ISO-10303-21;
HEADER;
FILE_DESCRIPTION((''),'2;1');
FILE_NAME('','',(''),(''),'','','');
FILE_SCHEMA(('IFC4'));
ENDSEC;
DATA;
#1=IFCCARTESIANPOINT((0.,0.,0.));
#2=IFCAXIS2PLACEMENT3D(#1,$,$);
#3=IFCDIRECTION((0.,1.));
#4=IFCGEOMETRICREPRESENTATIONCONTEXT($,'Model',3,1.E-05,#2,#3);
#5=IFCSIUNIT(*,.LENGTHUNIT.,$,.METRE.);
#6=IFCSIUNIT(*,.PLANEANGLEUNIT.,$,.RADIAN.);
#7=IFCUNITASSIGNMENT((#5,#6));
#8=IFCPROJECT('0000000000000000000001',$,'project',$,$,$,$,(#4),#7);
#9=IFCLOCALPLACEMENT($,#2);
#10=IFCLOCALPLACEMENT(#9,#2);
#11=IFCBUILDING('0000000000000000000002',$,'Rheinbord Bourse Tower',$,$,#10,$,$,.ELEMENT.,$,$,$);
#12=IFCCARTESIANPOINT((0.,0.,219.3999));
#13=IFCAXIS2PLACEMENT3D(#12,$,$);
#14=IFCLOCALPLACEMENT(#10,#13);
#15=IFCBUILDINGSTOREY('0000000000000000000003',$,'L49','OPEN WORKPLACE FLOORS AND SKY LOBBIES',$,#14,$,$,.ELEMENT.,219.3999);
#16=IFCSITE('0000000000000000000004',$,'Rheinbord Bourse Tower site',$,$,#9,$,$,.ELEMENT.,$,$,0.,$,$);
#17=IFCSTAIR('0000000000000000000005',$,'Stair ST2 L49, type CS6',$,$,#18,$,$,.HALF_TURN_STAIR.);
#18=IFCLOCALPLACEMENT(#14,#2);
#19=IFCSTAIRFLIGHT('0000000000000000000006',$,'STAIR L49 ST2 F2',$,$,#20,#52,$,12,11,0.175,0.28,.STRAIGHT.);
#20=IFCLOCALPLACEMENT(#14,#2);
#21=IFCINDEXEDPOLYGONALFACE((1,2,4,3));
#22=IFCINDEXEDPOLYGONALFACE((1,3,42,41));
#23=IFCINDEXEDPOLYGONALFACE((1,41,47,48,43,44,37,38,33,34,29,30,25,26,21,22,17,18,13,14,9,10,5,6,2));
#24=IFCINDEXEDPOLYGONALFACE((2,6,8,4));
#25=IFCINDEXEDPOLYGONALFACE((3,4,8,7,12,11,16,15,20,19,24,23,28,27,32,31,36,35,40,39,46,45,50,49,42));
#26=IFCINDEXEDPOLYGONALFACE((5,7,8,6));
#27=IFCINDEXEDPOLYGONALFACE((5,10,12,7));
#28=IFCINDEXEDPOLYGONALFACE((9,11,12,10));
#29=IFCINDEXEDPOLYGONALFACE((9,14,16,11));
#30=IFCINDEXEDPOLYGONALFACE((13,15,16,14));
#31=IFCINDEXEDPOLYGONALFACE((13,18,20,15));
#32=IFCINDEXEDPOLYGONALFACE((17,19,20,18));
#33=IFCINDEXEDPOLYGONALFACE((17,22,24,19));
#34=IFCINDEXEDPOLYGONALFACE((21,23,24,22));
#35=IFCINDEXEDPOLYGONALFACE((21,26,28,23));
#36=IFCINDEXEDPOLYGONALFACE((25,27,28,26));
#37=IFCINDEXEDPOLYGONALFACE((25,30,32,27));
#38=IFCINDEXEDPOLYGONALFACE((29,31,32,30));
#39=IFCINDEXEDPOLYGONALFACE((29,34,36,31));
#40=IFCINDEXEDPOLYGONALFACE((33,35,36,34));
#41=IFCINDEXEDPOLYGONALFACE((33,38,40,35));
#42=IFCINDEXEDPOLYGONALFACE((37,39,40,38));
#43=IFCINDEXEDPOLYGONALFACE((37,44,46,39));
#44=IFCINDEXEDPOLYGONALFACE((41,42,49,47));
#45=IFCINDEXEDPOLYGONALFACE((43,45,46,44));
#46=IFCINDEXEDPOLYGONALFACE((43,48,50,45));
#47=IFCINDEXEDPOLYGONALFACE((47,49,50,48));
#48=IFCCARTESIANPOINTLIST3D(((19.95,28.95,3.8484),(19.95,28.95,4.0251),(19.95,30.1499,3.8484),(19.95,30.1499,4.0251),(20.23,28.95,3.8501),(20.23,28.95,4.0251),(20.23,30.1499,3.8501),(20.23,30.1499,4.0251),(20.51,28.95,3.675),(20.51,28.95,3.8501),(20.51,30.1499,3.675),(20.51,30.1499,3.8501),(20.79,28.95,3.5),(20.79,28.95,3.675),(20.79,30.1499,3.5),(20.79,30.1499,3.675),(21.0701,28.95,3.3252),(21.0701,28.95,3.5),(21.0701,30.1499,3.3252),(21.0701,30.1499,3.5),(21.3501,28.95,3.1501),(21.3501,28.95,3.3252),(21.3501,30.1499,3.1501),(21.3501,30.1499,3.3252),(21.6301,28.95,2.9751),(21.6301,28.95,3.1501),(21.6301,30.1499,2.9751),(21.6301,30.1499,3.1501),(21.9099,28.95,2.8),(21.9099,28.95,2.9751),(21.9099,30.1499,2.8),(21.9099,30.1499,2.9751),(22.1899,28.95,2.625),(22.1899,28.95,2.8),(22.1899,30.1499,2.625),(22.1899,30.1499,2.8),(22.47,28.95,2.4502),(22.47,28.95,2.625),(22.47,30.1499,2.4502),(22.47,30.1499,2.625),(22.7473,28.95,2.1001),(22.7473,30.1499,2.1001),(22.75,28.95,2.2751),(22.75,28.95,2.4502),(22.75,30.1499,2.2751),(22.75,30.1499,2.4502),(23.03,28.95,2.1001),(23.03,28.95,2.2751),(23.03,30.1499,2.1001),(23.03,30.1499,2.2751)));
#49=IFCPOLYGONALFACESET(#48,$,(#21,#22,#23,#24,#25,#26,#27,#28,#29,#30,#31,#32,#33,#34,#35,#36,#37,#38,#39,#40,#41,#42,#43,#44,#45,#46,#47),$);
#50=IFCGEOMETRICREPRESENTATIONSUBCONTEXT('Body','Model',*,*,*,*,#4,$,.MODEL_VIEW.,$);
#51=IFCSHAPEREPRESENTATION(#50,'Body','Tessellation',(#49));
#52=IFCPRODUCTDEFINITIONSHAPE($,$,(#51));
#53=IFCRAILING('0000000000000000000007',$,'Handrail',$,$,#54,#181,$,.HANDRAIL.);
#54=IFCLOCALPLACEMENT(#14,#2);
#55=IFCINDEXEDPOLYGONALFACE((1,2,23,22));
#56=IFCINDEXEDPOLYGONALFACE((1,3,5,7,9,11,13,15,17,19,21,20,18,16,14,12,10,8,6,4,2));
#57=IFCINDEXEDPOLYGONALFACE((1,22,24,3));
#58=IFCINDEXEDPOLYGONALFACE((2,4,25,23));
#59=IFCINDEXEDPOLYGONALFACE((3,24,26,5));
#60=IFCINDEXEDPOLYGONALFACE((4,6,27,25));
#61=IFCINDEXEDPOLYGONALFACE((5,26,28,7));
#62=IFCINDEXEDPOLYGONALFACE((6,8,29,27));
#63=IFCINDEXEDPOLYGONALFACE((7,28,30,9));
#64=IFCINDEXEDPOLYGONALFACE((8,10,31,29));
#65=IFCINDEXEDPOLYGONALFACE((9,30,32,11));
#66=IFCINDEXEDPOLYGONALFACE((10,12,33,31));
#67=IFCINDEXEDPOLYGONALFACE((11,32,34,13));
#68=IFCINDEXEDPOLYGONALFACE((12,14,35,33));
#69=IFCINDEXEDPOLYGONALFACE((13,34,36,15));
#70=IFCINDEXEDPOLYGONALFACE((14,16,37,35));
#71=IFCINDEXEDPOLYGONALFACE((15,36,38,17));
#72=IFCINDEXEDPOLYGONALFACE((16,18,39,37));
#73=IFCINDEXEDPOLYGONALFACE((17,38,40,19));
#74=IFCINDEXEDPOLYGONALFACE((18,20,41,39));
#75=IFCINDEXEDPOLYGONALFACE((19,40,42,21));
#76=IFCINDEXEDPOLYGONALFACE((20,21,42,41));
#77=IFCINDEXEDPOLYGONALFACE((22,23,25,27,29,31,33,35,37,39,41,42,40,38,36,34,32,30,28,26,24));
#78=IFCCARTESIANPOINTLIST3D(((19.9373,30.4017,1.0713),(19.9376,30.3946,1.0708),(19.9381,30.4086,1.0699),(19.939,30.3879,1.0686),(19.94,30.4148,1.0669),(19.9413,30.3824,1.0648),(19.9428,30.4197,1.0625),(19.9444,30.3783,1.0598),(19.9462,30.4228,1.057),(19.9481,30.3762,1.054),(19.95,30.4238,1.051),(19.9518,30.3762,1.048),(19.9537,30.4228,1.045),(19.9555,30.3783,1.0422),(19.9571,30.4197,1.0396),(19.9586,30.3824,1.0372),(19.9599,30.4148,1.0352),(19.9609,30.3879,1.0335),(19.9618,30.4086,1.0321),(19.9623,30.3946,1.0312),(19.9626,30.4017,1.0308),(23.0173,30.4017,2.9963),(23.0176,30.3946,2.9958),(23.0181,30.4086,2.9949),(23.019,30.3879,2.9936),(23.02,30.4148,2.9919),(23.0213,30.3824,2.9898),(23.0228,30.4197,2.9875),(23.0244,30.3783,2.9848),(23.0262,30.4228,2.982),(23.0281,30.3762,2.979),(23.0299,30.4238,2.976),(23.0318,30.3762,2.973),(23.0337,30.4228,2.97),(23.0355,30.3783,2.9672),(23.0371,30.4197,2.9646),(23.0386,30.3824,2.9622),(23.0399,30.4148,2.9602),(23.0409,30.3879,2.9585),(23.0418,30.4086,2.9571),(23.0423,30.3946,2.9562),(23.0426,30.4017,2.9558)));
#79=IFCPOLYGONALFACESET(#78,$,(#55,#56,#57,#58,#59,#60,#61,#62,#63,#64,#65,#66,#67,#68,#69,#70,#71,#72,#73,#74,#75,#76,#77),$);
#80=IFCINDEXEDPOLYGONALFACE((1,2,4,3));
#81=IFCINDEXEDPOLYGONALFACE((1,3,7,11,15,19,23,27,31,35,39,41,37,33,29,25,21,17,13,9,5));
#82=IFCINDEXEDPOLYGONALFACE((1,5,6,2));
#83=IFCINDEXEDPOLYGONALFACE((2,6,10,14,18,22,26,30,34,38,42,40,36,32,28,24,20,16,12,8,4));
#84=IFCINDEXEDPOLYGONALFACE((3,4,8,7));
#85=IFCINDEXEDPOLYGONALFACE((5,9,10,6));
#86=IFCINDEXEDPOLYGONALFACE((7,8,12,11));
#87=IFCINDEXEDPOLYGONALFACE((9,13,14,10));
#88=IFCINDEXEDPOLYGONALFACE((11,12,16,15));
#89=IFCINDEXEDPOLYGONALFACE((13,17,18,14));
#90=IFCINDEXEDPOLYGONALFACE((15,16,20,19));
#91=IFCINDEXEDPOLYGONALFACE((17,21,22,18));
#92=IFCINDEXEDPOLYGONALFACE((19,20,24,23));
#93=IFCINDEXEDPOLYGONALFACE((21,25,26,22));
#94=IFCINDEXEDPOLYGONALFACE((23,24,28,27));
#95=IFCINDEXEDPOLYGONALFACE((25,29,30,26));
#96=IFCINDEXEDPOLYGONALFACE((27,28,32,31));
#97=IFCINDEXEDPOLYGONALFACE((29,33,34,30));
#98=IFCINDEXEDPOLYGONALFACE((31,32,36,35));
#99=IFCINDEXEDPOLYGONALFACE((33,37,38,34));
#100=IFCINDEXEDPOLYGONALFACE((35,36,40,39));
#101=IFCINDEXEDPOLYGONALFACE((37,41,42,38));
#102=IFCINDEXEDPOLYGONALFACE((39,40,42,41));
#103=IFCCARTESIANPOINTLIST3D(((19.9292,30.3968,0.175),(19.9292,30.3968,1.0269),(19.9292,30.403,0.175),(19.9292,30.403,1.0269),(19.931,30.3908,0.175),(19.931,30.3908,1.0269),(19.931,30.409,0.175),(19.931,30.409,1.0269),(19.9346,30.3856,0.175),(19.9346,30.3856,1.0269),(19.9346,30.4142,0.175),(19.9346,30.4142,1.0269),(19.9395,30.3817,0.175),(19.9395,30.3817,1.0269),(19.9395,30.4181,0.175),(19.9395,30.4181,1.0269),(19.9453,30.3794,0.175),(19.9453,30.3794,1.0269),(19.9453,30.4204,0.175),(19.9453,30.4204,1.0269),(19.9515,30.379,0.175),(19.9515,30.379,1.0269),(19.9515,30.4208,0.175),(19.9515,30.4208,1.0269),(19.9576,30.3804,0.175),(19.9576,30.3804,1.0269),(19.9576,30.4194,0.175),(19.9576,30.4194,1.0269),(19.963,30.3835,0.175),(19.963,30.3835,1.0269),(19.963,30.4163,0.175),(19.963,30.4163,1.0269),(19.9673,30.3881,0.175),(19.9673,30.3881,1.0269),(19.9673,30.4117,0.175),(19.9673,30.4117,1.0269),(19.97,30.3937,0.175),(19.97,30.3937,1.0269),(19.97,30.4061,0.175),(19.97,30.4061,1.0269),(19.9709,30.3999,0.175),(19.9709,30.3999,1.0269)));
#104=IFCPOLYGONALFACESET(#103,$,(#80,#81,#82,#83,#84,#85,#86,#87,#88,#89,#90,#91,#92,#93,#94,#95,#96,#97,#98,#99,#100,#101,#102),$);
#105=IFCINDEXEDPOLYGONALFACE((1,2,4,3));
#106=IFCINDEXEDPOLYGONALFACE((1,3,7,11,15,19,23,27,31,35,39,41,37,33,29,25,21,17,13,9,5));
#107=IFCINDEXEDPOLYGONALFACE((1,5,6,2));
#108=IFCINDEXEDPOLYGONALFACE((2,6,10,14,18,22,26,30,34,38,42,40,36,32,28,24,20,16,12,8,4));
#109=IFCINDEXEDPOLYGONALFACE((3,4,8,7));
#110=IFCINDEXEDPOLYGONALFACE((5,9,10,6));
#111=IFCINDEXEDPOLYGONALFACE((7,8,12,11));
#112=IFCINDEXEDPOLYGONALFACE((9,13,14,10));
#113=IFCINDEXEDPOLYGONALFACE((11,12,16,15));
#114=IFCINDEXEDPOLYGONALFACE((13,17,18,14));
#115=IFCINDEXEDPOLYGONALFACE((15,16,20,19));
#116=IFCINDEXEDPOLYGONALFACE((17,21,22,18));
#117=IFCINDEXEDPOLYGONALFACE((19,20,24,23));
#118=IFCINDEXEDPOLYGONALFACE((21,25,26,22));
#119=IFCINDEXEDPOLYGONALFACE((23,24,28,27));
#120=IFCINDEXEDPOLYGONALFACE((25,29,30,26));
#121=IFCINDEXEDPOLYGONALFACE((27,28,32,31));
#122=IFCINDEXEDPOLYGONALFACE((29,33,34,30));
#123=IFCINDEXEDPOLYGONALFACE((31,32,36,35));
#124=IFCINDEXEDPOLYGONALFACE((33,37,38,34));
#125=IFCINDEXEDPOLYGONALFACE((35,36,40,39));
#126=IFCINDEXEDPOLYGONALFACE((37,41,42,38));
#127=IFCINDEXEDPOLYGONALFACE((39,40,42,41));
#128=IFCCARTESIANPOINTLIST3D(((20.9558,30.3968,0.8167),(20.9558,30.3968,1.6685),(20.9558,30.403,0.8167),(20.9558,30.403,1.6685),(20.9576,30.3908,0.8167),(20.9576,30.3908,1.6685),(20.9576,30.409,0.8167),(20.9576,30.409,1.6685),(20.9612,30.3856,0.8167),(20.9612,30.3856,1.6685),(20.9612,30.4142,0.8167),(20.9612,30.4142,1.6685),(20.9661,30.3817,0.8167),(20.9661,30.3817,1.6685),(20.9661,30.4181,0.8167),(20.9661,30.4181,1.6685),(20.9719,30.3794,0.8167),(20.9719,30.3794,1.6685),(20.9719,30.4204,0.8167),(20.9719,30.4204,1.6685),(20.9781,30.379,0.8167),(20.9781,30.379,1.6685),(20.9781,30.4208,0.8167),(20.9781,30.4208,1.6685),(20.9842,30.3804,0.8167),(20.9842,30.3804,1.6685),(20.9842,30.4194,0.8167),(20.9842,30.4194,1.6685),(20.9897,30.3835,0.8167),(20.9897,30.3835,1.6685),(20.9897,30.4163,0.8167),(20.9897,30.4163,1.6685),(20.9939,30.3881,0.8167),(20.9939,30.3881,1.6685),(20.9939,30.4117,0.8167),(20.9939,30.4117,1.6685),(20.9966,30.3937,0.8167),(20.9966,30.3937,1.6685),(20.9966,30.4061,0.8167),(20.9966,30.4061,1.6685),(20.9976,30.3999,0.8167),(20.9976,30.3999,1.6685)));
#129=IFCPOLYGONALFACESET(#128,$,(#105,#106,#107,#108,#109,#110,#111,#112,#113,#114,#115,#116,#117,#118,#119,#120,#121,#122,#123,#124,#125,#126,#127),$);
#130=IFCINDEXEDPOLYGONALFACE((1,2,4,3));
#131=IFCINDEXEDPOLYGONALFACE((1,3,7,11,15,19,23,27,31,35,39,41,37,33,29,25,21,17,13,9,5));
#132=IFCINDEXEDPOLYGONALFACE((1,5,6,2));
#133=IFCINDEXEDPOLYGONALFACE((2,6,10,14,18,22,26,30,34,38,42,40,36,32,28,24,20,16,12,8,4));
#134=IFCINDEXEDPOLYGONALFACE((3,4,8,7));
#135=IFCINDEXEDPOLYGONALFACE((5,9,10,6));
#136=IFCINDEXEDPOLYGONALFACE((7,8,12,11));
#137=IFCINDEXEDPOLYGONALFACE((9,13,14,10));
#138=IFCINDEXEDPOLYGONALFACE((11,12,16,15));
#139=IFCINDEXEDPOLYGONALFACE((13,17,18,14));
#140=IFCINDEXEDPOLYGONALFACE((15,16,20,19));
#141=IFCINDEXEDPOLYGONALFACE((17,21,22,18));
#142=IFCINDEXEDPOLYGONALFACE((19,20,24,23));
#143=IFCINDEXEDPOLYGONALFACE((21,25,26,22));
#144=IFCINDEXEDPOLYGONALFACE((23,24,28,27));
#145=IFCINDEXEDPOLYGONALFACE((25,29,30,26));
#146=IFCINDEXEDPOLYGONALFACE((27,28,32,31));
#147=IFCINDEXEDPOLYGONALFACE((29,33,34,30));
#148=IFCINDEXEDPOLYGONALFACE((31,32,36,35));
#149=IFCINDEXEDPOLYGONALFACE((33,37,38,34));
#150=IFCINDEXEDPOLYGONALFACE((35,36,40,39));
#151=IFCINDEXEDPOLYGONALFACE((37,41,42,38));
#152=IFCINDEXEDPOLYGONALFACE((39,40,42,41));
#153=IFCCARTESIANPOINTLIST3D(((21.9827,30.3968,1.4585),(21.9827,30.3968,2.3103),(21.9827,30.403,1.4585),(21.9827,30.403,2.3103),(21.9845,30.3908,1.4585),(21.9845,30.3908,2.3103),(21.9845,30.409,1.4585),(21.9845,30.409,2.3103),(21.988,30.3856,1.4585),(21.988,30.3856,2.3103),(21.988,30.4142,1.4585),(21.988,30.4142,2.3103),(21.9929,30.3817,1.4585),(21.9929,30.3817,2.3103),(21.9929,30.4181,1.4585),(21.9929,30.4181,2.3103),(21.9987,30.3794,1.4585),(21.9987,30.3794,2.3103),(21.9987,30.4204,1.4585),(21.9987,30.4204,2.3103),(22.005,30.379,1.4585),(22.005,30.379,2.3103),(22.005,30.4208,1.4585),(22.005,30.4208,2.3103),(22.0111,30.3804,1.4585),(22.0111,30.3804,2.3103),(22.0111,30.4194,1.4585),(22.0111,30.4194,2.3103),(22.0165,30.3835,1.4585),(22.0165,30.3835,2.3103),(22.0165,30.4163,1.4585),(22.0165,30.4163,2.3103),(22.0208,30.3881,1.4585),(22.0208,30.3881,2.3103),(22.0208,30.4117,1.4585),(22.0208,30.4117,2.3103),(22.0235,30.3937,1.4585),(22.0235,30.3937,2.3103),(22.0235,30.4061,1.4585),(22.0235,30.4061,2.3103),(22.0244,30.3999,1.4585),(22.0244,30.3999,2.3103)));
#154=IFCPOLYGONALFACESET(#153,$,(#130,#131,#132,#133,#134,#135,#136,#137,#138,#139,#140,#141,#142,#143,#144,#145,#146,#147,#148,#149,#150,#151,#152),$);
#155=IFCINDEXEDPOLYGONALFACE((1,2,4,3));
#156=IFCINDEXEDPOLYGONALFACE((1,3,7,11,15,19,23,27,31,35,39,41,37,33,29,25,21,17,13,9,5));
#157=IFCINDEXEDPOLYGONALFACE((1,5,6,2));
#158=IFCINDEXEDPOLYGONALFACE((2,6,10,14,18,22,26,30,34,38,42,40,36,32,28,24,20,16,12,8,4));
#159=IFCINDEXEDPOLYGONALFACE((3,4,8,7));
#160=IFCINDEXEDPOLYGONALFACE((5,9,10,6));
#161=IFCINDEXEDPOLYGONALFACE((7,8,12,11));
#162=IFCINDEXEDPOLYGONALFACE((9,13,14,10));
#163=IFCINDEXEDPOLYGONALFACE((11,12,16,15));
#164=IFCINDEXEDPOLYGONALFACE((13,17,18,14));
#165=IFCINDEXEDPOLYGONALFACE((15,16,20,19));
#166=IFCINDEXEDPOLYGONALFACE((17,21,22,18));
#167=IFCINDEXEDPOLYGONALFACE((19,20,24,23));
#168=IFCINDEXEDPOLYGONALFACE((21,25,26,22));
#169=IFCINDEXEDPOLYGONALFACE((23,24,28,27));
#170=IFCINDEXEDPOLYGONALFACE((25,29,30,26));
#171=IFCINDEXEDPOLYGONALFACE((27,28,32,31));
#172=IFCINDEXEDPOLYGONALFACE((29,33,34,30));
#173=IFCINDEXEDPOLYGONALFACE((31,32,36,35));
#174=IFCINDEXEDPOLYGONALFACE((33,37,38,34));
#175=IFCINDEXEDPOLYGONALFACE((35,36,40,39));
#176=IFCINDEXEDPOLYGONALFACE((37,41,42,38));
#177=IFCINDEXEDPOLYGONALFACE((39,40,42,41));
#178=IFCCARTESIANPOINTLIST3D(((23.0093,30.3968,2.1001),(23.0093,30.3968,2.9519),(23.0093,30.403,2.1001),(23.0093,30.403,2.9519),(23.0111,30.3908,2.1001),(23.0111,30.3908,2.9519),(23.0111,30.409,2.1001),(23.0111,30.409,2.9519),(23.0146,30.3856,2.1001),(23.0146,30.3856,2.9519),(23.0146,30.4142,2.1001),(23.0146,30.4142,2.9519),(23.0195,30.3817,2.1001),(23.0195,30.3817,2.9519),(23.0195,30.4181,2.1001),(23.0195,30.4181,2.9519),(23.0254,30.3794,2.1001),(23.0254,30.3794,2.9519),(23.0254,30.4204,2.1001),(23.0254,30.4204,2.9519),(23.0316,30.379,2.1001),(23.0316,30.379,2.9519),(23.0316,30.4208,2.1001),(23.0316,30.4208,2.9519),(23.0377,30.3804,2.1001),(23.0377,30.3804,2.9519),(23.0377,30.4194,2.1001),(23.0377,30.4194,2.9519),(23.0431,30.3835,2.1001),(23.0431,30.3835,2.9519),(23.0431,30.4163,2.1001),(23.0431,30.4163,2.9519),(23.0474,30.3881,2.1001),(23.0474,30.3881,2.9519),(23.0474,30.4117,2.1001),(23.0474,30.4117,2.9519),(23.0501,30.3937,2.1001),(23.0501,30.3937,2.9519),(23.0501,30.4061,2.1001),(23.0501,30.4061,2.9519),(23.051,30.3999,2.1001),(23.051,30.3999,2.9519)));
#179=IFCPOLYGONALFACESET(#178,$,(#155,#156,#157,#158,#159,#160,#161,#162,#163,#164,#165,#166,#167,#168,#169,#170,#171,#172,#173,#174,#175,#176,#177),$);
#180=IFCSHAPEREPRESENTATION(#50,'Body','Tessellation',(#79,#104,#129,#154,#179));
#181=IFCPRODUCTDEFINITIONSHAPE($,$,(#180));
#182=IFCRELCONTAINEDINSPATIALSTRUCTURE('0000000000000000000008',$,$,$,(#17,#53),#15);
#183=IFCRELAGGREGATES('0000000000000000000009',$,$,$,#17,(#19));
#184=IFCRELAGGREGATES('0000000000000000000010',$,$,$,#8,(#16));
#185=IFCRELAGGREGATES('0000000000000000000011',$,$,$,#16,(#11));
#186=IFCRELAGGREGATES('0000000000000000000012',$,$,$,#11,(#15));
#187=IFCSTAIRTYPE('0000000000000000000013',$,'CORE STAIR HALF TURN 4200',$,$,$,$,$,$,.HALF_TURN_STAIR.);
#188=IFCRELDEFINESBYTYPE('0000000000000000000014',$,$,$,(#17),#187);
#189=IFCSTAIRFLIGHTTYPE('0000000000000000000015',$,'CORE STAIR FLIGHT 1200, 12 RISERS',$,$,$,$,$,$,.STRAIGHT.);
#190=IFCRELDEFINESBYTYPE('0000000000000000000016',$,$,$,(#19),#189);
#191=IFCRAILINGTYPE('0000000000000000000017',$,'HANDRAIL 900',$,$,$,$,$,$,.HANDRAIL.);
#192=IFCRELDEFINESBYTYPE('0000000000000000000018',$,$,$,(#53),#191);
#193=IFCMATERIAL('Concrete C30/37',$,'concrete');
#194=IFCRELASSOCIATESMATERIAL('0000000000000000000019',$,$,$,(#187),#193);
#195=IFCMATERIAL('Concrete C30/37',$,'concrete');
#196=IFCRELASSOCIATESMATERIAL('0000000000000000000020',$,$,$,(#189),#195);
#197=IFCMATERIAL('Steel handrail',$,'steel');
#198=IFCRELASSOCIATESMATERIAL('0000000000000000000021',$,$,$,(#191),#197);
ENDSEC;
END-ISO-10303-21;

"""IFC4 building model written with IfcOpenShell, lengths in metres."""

from ifc_helpers import new_model, si_unit, direction, frame, origin, origin_2d, place, context, subcontext, project, spatial, polyline, circle, outline, extrude, material, type_object, element, aggregate, save


model = new_model("IFC4")

# Units and contexts
model_context = context("Model", 3, precision=1e-05, world=origin(), true_north=direction((0.0, 1.0)))
body_context = subcontext(model_context, "Body", "Model", "MODEL_VIEW")
ifc_project = project(units=[si_unit("LENGTHUNIT", "METRE"), si_unit("PLANEANGLEUNIT", "RADIAN")], contexts=[model_context])

# Site, building, storey
site_placement = place(None, origin())
site = spatial("IfcSite", under=ifc_project, at=site_placement, Name="Rheinbord Bourse Tower site", CompositionType="ELEMENT", RefElevation=0.0)
building_placement = place(site_placement, origin())
building = spatial("IfcBuilding", under=site, at=building_placement, Name="Rheinbord Bourse Tower", CompositionType="ELEMENT")
storey_placement = place(building_placement, frame((0.0, 0.0, 219.3999)))
storey = spatial("IfcBuildingStorey", under=building, at=storey_placement, Name="L49", Description="OPEN WORKPLACE FLOORS AND SKY LOBBIES", CompositionType="ELEMENT", Elevation=219.3999)

# Stair, stair flight
ifc_material_1 = material(Name="Concrete C30/37", Category="concrete")
stair_type = type_object("IfcStairType", Name="CORE STAIR HALF TURN 4200", PredefinedType="HALF_TURN_STAIR", material=ifc_material_1)
stair_placement = place(storey_placement, origin())
stair = element("IfcStair", 1, at=stair_placement, inside=storey, type_object=stair_type, Name="Stair ST2 L49, type CS6", PredefinedType="HALF_TURN_STAIR")
ifc_material_2 = material(Name="Concrete C30/37", Category="concrete")
stair_flight_type = type_object("IfcStairFlightType", Name="CORE STAIR FLIGHT 1200, 12 RISERS", PredefinedType="STRAIGHT", material=ifc_material_2)
stair_flight_1_placement = place(storey_placement, frame((23.03, 29.55, 2.1001), z_axis=(0.0, 0.0, 1.0), x_axis=(-1.0, 0.0, 0.0)))
stair_flight_1 = element("IfcStairFlight", 2, at=stair_flight_1_placement, type_object=stair_flight_type, Name="STAIR L49 ST2 F2", NumberOfRisers=12, NumberOfTreads=11, PredefinedType="STRAIGHT", RiserHeight=0.175, TreadLength=0.28, context=body_context, shape_type="SweptSolid", body=[
    extrude(outline(polyline([(0.0, 0.0), (0.0, 0.175), (0.28, 0.175), (0.28, 0.3501), (0.5601, 0.3501), (0.5601, 0.5249), (0.8401, 0.5249), (0.8401, 0.7), (1.1201, 0.7), (1.1201, 0.875), (1.3999, 0.875), (1.3999, 1.05), (1.6799, 1.05), (1.6799, 1.2251), (1.96, 1.2251), (1.96, 1.3999), (2.24, 1.3999), (2.24, 1.575), (2.52, 1.575), (2.52, 1.75), (2.8, 1.75), (2.8, 1.925), (3.0801, 1.925), (3.0801, 2.1001), (3.0801, 1.7483), (0.2827, 0.0), (0.0, 0.0)])), frame((0.0, 0.6001, 0.0), z_axis=(0.0, -1.0, 0.0), x_axis=(1.0, 0.0, 0.0)), (0.0, 0.0, 1.0), 1.2),
])
aggregate(stair, [stair_flight_1])

# Railing
ifc_material_3 = material(Name="Steel handrail", Category="steel")
railing_type = type_object("IfcRailingType", Name="HANDRAIL 900", PredefinedType="HANDRAIL", material=ifc_material_3)
railing_1_placement = place(storey_placement, frame((19.95, 30.3999, 0.175)))
element("IfcRailing", 3, at=railing_1_placement, inside=storey, type_object=railing_type, Name="Handrail", PredefinedType="HANDRAIL", context=body_context, shape_type="SweptSolid", body=[
    extrude(circle(Radius=0.0239, at=origin_2d()), frame((0.0, 0.0, 0.876), z_axis=(0.847998, 0.0, 0.529999), x_axis=(0.0, 1.0, 0.0)), (0.0, 0.0, 1.0), 3.6321),
    extrude(circle(Radius=0.021, at=origin_2d()), origin(), (0.0, 0.0, 1.0), 0.8518),
    extrude(circle(Radius=0.021, at=origin_2d()), frame((1.0266, 0.0, 0.6416)), (0.0, 0.0, 1.0), 0.8518),
    extrude(circle(Radius=0.021, at=origin_2d()), frame((2.0535, 0.0, 1.2834)), (0.0, 0.0, 1.0), 0.8518),
    extrude(circle(Radius=0.021, at=origin_2d()), frame((3.0801, 0.0, 1.925)), (0.0, 0.0, 1.0), 0.8518),
])

save(model, "model.ifc")
